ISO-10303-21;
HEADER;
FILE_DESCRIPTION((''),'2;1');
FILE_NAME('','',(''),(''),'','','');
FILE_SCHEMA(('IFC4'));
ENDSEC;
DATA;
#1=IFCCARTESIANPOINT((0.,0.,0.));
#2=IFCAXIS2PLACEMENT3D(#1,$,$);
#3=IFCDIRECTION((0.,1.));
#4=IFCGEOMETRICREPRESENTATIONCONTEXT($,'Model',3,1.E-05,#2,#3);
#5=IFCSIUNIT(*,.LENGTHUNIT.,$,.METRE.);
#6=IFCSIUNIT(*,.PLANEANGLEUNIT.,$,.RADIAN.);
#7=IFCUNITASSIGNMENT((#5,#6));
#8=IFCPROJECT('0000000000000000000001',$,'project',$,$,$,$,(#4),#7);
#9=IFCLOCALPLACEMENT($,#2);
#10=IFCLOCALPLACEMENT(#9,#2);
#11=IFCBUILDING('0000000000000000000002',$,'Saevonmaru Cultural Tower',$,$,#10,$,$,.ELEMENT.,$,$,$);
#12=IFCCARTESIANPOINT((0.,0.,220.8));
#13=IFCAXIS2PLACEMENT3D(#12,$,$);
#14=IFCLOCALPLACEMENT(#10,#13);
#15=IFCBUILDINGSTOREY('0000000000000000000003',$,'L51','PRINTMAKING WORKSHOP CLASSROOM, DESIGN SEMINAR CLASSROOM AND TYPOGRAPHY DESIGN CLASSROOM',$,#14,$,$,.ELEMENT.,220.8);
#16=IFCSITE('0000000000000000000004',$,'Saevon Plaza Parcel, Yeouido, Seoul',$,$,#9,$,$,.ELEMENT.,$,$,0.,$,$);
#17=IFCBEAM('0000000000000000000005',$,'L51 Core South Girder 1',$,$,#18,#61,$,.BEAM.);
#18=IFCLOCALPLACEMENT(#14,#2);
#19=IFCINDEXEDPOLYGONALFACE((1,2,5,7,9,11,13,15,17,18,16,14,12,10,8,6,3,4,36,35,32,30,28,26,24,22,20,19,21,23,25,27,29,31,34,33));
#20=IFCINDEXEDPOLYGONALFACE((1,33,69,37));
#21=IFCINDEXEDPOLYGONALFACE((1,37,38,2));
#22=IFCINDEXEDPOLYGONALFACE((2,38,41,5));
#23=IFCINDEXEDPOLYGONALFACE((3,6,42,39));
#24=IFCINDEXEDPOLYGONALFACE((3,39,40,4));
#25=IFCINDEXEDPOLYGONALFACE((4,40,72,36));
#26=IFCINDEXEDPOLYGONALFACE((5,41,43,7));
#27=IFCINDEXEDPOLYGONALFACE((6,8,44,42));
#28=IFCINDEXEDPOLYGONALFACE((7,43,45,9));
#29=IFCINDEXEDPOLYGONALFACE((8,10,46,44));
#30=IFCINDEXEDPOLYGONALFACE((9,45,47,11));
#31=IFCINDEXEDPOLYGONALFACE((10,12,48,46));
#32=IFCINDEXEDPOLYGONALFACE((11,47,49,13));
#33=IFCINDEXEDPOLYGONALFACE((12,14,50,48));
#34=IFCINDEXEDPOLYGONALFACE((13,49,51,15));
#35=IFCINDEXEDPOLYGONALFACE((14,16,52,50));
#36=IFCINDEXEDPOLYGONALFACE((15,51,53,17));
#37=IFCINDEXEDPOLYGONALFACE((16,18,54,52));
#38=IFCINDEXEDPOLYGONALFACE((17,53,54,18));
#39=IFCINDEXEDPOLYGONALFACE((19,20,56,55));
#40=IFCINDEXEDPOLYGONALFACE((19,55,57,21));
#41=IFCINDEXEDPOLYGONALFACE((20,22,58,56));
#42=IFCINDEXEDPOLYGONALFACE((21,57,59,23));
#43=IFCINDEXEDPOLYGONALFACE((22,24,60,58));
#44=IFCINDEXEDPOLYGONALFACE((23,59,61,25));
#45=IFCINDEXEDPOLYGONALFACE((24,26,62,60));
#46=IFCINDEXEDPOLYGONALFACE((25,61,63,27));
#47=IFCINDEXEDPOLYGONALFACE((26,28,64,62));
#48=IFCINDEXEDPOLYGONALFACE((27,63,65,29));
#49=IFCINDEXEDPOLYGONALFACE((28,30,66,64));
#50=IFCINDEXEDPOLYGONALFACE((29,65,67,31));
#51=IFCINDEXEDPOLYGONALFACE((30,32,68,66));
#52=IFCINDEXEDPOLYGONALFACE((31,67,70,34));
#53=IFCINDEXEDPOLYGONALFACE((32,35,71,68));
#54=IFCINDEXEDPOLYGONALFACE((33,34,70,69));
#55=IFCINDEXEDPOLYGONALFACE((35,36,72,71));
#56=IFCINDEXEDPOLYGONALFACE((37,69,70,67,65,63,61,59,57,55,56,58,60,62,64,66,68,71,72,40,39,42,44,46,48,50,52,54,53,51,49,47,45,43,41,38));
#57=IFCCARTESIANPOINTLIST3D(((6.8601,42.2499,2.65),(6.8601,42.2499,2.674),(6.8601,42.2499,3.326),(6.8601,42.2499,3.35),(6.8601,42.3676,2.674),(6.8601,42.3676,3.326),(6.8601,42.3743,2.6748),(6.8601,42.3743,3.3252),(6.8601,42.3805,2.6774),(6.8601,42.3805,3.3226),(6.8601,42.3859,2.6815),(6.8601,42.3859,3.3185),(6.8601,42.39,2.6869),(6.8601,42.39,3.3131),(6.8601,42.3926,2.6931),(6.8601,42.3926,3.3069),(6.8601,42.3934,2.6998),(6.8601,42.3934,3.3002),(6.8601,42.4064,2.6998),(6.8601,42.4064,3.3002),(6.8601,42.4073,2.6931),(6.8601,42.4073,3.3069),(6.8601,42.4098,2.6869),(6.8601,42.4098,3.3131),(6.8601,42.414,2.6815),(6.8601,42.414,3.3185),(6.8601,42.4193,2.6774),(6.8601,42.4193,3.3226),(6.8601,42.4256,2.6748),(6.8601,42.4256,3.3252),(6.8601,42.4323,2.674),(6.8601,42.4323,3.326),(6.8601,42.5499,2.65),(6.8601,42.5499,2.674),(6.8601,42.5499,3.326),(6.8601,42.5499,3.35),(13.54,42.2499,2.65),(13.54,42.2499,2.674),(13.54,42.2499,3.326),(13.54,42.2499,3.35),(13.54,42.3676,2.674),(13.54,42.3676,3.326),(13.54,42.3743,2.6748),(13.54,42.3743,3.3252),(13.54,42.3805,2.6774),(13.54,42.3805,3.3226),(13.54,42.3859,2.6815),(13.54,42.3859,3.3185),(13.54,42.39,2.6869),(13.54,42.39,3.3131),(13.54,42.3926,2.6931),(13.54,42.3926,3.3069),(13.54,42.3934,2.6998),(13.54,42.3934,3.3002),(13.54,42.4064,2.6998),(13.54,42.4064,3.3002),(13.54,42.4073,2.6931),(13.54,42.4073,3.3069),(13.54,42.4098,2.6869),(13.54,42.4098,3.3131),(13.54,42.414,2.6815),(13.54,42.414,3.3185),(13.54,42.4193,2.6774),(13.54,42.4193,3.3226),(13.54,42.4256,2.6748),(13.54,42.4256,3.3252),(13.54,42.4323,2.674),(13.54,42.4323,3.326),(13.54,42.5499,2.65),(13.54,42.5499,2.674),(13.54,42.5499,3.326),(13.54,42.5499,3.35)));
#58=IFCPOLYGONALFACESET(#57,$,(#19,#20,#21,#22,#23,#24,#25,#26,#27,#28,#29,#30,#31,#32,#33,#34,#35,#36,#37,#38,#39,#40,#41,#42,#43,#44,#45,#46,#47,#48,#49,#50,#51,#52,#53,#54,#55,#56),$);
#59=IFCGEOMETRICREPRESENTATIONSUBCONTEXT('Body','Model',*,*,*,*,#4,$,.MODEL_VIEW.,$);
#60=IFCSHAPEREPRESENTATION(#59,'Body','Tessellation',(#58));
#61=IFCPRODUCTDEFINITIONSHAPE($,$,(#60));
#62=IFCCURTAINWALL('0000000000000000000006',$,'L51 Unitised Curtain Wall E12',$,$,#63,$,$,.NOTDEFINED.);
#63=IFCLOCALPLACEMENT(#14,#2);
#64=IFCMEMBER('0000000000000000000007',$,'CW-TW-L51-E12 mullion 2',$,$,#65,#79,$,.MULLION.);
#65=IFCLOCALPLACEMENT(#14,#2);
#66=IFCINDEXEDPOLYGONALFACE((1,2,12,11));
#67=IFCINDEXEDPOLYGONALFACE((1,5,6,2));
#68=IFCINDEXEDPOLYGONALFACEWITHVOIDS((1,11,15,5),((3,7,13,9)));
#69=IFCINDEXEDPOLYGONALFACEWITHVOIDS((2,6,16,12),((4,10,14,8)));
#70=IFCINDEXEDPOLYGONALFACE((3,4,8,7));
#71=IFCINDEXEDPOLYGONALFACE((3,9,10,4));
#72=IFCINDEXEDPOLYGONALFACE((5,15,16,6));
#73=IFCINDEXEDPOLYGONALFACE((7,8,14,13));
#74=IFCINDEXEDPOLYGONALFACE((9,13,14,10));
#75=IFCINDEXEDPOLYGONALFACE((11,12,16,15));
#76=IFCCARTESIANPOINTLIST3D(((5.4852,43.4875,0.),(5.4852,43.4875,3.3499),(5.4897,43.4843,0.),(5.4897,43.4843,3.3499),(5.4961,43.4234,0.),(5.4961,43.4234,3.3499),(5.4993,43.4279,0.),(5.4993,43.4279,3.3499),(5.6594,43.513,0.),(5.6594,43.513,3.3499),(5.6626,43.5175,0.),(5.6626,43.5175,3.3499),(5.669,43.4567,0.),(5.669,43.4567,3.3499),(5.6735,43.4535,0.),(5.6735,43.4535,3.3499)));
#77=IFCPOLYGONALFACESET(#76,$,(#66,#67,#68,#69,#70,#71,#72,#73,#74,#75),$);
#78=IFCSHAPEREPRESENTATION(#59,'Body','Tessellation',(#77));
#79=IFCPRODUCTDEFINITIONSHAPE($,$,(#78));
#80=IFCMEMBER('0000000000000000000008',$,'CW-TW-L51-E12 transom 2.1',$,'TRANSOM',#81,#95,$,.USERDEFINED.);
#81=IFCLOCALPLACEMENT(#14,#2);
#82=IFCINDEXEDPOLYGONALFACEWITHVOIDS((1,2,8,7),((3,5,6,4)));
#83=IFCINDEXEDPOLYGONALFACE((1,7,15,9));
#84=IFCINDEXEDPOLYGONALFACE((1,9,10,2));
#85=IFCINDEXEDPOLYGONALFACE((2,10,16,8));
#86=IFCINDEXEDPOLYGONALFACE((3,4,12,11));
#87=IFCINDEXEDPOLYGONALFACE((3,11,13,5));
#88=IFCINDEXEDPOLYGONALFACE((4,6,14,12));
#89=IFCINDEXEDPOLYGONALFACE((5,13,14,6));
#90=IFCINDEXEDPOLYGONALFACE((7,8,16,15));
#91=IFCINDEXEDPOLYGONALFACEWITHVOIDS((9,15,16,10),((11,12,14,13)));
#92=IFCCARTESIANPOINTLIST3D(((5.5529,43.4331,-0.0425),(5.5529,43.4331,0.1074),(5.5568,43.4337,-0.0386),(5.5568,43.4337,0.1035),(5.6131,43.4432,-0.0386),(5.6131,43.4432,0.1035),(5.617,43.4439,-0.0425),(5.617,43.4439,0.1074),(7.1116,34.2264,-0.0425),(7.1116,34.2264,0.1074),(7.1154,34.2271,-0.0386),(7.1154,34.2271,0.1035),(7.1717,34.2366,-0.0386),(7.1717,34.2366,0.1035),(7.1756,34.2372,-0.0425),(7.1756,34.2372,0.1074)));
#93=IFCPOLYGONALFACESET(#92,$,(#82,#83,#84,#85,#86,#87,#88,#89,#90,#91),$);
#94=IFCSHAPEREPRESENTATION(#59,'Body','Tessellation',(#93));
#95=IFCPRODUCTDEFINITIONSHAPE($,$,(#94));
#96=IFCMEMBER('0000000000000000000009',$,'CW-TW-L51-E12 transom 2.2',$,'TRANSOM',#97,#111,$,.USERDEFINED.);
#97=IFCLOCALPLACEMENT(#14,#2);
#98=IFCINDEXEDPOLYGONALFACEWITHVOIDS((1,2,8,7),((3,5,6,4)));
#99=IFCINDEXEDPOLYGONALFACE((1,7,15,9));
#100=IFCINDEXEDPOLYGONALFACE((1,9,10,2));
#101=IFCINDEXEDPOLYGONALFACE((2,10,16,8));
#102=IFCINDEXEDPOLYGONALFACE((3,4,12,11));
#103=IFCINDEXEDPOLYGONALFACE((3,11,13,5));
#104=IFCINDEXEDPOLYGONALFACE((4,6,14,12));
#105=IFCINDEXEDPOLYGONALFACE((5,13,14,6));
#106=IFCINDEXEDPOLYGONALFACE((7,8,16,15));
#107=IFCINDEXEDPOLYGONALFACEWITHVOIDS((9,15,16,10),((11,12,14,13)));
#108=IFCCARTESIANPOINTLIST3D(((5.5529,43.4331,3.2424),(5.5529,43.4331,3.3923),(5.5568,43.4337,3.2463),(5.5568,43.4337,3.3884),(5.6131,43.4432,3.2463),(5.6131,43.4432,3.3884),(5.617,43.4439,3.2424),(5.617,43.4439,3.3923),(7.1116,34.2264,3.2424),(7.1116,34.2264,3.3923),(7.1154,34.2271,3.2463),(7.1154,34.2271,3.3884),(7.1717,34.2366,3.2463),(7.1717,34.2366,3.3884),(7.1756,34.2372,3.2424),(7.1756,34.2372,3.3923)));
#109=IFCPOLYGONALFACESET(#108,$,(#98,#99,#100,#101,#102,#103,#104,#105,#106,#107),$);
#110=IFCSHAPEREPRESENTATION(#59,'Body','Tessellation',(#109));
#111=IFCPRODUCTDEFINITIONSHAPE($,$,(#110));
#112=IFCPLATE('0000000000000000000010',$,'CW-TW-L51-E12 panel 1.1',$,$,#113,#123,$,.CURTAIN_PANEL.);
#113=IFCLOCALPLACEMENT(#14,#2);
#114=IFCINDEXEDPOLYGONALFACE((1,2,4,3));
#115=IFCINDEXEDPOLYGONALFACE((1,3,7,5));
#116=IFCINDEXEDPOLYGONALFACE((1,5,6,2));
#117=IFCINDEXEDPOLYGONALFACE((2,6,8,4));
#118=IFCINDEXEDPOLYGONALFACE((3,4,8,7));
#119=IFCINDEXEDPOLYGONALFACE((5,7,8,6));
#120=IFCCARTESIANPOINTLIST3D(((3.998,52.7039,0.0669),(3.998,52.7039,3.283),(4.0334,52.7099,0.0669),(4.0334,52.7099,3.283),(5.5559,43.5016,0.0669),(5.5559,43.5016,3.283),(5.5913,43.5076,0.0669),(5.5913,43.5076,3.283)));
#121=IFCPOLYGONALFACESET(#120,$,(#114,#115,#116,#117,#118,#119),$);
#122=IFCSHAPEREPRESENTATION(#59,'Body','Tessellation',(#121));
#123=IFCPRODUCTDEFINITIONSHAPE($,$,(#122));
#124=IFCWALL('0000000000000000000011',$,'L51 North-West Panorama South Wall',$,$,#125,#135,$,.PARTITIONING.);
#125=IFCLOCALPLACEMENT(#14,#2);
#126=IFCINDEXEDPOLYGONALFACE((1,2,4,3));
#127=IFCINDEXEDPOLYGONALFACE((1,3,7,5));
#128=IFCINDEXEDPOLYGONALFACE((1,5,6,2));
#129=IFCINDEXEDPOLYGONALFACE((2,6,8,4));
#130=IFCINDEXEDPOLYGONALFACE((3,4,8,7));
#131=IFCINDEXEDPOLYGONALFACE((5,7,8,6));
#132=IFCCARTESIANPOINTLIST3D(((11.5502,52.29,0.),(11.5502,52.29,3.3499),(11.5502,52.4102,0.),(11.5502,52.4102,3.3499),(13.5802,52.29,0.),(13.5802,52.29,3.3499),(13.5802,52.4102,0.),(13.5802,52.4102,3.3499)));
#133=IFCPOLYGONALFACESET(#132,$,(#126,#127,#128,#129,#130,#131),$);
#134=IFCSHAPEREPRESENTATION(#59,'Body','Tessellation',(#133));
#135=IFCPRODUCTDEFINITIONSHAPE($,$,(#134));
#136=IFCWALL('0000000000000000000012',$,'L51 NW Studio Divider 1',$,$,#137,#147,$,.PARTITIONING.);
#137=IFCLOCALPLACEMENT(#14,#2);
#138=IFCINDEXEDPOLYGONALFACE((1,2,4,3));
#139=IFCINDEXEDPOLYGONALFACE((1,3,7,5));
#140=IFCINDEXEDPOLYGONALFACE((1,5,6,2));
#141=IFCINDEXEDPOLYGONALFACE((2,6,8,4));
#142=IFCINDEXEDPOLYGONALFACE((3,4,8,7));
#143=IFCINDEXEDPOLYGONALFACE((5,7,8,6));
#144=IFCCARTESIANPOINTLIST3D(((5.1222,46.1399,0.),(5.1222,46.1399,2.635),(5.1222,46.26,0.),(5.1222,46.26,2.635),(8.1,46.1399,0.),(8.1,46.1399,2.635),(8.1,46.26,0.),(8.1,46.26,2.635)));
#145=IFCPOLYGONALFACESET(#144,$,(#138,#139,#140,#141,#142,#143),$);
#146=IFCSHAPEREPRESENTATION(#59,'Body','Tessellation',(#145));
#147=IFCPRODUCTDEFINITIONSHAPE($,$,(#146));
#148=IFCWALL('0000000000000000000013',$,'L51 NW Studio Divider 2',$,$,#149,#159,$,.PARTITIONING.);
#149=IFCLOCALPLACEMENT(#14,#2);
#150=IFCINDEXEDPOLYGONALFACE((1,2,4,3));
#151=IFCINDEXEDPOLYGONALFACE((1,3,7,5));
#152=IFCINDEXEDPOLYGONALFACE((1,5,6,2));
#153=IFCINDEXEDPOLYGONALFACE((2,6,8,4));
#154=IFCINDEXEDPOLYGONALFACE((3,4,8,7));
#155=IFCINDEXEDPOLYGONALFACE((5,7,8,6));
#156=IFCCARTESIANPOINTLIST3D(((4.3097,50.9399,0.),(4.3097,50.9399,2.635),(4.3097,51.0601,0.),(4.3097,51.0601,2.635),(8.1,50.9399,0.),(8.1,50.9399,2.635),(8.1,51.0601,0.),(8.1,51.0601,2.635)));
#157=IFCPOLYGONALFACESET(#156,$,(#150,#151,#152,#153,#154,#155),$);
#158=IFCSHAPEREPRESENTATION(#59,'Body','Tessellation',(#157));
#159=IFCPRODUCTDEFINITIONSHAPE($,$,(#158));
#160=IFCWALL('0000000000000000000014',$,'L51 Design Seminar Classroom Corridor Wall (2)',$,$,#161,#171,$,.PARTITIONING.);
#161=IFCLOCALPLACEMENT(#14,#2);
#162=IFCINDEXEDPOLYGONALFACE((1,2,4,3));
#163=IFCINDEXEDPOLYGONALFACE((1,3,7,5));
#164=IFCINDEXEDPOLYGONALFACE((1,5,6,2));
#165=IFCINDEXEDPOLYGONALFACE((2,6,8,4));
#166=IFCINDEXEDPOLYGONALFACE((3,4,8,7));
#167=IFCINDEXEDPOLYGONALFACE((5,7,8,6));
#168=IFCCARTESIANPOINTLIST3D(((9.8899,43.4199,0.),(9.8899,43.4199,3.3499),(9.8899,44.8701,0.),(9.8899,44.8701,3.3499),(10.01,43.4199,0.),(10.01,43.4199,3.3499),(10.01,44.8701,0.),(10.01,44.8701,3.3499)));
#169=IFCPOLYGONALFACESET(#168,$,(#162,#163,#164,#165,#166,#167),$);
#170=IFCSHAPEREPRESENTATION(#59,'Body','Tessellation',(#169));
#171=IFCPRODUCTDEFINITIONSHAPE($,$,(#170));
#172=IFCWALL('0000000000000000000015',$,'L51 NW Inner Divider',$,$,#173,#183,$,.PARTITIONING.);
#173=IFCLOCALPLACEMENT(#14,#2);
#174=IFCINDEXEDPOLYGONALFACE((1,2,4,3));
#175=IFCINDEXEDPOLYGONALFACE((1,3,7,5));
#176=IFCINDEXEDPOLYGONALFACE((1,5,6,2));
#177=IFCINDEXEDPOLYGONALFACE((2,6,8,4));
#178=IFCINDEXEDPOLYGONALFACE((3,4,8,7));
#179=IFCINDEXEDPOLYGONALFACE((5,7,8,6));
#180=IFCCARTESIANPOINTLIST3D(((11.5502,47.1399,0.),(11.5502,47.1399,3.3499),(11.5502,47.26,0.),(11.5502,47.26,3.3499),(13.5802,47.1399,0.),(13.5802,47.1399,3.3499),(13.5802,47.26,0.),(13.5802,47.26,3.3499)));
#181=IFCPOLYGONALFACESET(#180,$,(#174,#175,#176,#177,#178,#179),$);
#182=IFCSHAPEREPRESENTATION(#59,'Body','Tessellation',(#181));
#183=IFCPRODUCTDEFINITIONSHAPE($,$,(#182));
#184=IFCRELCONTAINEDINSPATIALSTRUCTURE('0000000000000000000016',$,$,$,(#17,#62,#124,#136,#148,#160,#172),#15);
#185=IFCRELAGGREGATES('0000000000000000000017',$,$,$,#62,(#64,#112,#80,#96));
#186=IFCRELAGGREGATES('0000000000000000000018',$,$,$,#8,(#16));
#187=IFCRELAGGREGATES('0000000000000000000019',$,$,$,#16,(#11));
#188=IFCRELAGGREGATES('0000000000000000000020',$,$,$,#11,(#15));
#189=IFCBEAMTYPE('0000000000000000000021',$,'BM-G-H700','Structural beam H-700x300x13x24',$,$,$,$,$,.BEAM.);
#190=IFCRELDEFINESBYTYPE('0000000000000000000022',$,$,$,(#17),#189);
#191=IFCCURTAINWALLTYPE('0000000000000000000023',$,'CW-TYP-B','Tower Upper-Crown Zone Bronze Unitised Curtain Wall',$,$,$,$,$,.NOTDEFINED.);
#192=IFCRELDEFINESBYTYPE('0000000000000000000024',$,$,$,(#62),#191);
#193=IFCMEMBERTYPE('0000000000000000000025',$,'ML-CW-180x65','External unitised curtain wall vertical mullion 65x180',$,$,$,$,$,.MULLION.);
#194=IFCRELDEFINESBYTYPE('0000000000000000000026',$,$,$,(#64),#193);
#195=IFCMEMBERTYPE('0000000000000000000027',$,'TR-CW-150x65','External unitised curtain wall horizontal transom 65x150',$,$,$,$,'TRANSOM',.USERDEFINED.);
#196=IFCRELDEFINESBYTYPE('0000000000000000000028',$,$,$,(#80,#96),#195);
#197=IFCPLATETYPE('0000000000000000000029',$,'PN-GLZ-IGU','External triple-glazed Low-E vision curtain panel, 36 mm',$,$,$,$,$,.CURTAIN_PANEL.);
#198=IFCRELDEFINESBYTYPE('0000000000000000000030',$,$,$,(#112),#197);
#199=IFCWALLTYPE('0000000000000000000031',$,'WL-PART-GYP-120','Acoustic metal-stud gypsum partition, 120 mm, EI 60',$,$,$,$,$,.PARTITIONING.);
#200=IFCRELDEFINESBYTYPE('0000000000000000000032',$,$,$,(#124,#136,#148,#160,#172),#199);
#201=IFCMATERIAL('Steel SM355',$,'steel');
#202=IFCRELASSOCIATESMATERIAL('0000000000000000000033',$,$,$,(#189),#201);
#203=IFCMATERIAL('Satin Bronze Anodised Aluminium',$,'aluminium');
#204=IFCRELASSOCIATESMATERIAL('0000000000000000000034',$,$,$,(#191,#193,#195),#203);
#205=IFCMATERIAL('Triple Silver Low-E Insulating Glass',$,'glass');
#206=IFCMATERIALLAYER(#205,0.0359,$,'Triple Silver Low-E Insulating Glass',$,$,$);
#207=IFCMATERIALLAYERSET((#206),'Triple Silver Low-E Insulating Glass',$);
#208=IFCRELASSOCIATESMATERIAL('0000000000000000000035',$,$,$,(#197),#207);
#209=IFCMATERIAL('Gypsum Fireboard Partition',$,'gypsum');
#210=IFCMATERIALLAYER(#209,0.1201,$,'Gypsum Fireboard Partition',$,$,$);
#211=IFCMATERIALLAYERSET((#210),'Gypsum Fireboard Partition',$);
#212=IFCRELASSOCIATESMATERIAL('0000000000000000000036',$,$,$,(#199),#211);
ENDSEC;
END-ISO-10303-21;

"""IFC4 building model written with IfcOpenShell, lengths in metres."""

from ifc_helpers import new_model, si_unit, direction, frame, frame_2d, origin, origin_2d, place, context, subcontext, project, spatial, rectangle, hollow_rectangle, i_section, extrude, material, layer, layer_set, material_profile, profile_set, type_object, element, aggregate, save


model = new_model("IFC4")

# Units and contexts
model_context = context("Model", 3, precision=1e-05, world=origin(), true_north=direction((0.0, 1.0)))
body_context = subcontext(model_context, "Body", "Model", "MODEL_VIEW")
ifc_project = project(units=[si_unit("LENGTHUNIT", "METRE"), si_unit("PLANEANGLEUNIT", "RADIAN")], contexts=[model_context])

# Site, building, storey
site_placement = place(None, origin())
site = spatial("IfcSite", under=ifc_project, at=site_placement, Name="Saevon Plaza Parcel, Yeouido, Seoul", CompositionType="ELEMENT", RefElevation=0.0)
building_placement = place(site_placement, origin())
building = spatial("IfcBuilding", under=site, at=building_placement, Name="Saevonmaru Cultural Tower", CompositionType="ELEMENT")
storey_placement = place(building_placement, frame((0.0, 0.0, 220.8)))
storey = spatial("IfcBuildingStorey", under=building, at=storey_placement, Name="L51", Description="PRINTMAKING WORKSHOP CLASSROOM, DESIGN SEMINAR CLASSROOM AND TYPOGRAPHY DESIGN CLASSROOM", CompositionType="ELEMENT", Elevation=220.8)

# Beam
ifc_material_1 = material(Name="Steel SM355", Category="steel")
ifc_material_profile_1 = material_profile(ifc_material_1, i_section(OverallWidth=0.3, OverallDepth=0.7, WebThickness=0.0129, FlangeThickness=0.0239, FilletRadius=0.0259, at=origin_2d()), Name="H-700x300x13x24")
ifc_profile_set_1 = profile_set([ifc_material_profile_1], Name="Steel SM355")
beam_type = type_object("IfcBeamType", Name="BM-G-H700", Description="Structural beam H-700x300x13x24", PredefinedType="BEAM", material=ifc_profile_set_1)
beam_placement = place(storey_placement, frame((6.8601, 42.3999, 3.0), z_axis=(1.0, 0.0, 0.0), x_axis=(0.0, 1.0, 0.0)))
element("IfcBeam", 1, at=beam_placement, inside=storey, type_object=beam_type, Name="L51 Core South Girder 1", PredefinedType="BEAM", context=body_context, shape_type="SweptSolid", body=[
    extrude(i_section(OverallWidth=0.3, OverallDepth=0.7, WebThickness=0.0129, FlangeThickness=0.0239, FilletRadius=0.0259, at=origin_2d()), origin(), (0.0, 0.0, 1.0), 6.6799),
])

# Curtain wall, members, plate
ifc_material_2 = material(Name="Satin Bronze Anodised Aluminium", Category="aluminium")
curtain_wall_type = type_object("IfcCurtainWallType", Name="CW-TYP-B", Description="Tower Upper-Crown Zone Bronze Unitised Curtain Wall", PredefinedType="NOTDEFINED", material=ifc_material_2)
curtain_wall_placement = place(storey_placement, origin())
curtain_wall = element("IfcCurtainWall", 2, at=curtain_wall_placement, inside=storey, type_object=curtain_wall_type, Name="L51 Unitised Curtain Wall E12", PredefinedType="NOTDEFINED")
ifc_material_profile_2 = material_profile(ifc_material_2, hollow_rectangle(XDim=0.0649, YDim=0.1799, WallThickness=0.0039, at=origin_2d()), Name="ALU-MULL-180x65x4")
ifc_profile_set_2 = profile_set([ifc_material_profile_2], Name="Satin Bronze Anodised Aluminium")
member_type_1 = type_object("IfcMemberType", Name="ML-CW-180x65", Description="External unitised curtain wall vertical mullion 65x180", PredefinedType="MULLION", material=ifc_profile_set_2)
member_1_placement = place(storey_placement, frame((5.5793, 43.4705, 0.0), z_axis=(0.0, 0.0, 1.0), x_axis=(0.166922, -0.98597, 0.0)))
member_1 = element("IfcMember", 3, at=member_1_placement, type_object=member_type_1, Name="CW-TW-L51-E12 mullion 2", PredefinedType="MULLION", context=body_context, shape_type="SweptSolid", body=[
    extrude(hollow_rectangle(XDim=0.0649, YDim=0.1799, WallThickness=0.0039, at=origin_2d()), origin(), (0.0, 0.0, 1.0), 3.3499),
])
ifc_material_profile_3 = material_profile(ifc_material_2, hollow_rectangle(XDim=0.0649, YDim=0.1499, WallThickness=0.0039, at=origin_2d()), Name="ALU-TRAN-150x65x4")
ifc_profile_set_3 = profile_set([ifc_material_profile_3], Name="Satin Bronze Anodised Aluminium")
member_type_2 = type_object("IfcMemberType", Name="TR-CW-150x65", Description="External unitised curtain wall horizontal transom 65x150", ElementType="TRANSOM", PredefinedType="USERDEFINED", material=ifc_profile_set_3)
member_2_placement = place(storey_placement, frame((5.585, 43.4385, 0.0325), z_axis=(0.166917, -0.985971, 0.0), x_axis=(0.985971, 0.166917, 0.0)))
member_2 = element("IfcMember", 4, at=member_2_placement, type_object=member_type_2, Name="CW-TW-L51-E12 transom 2.1", ObjectType="TRANSOM", PredefinedType="USERDEFINED", context=body_context, shape_type="SweptSolid", body=[
    extrude(hollow_rectangle(XDim=0.0649, YDim=0.1499, WallThickness=0.0039, at=origin_2d()), origin(), (0.0, 0.0, 1.0), 9.3376),
])
member_3_placement = place(storey_placement, frame((5.585, 43.4385, 3.3174), z_axis=(0.166917, -0.985971, 0.0), x_axis=(0.985971, 0.166917, 0.0)))
member_3 = element("IfcMember", 5, at=member_3_placement, type_object=member_type_2, Name="CW-TW-L51-E12 transom 2.2", ObjectType="TRANSOM", PredefinedType="USERDEFINED", context=body_context, shape_type="SweptSolid", body=[
    extrude(hollow_rectangle(XDim=0.0649, YDim=0.1499, WallThickness=0.0039, at=origin_2d()), origin(), (0.0, 0.0, 1.0), 9.3376),
])
ifc_material_3 = material(Name="Triple Silver Low-E Insulating Glass", Category="glass")
ifc_layer_1 = layer(ifc_material_3, 0.0359, Name="Triple Silver Low-E Insulating Glass")
ifc_layer_set_1 = layer_set([ifc_layer_1], Name="Triple Silver Low-E Insulating Glass")
plate_type = type_object("IfcPlateType", Name="PN-GLZ-IGU", Description="External triple-glazed Low-E vision curtain panel, 36 mm", PredefinedType="CURTAIN_PANEL", material=ifc_layer_set_1)
plate_placement = place(storey_placement, frame((4.7947, 48.1057, 0.0669), z_axis=(0.0, 0.0, 1.0), x_axis=(0.166922, -0.98597, 0.0)))
plate = element("IfcPlate", 6, at=plate_placement, type_object=plate_type, Name="CW-TW-L51-E12 panel 1.1", PredefinedType="CURTAIN_PANEL", context=body_context, shape_type="SweptSolid", body=[
    extrude(rectangle(XDim=9.3333, YDim=0.0359, at=origin_2d()), origin(), (0.0, 0.0, 1.0), 3.2161),
])
aggregate(curtain_wall, [member_1, plate, member_2, member_3])

# Walls
ifc_material_4 = material(Name="Gypsum Fireboard Partition", Category="gypsum")
ifc_layer_2 = layer(ifc_material_4, 0.1201, Name="Gypsum Fireboard Partition")
ifc_layer_set_2 = layer_set([ifc_layer_2], Name="Gypsum Fireboard Partition")
wall_type_1 = type_object("IfcWallType", Name="WL-PART-GYP-120", Description="Acoustic metal-stud gypsum partition, 120 mm, EI 60", PredefinedType="PARTITIONING", material=ifc_layer_set_2)
wall_1_placement = place(storey_placement, frame((11.55, 52.3501, 0.0), z_axis=(0.0, 0.0, 1.0), x_axis=(1.0, 0.0, 0.0)))
element("IfcWall", 7, at=wall_1_placement, inside=storey, type_object=wall_type_1, Name="L51 North-West Panorama South Wall", PredefinedType="PARTITIONING", context=body_context, shape_type="SweptSolid", body=[
    extrude(rectangle(XDim=2.03, YDim=0.1201, at=frame_2d((1.0151, 0.0))), origin(), (0.0, 0.0, 1.0), 3.3499),
])
wall_2_placement = place(storey_placement, frame((5.1223, 46.2, 0.0), z_axis=(0.0, 0.0, 1.0), x_axis=(1.0, 0.0, 0.0)))
element("IfcWall", 8, at=wall_2_placement, inside=storey, type_object=wall_type_1, Name="L51 NW Studio Divider 1", PredefinedType="PARTITIONING", context=body_context, shape_type="SweptSolid", body=[
    extrude(rectangle(XDim=2.9778, YDim=0.1201, at=frame_2d((1.4888, 0.0))), origin(), (0.0, 0.0, 1.0), 2.635),
])
wall_3_placement = place(storey_placement, frame((4.3098, 51.0, 0.0), z_axis=(0.0, 0.0, 1.0), x_axis=(1.0, 0.0, 0.0)))
element("IfcWall", 9, at=wall_3_placement, inside=storey, type_object=wall_type_1, Name="L51 NW Studio Divider 2", PredefinedType="PARTITIONING", context=body_context, shape_type="SweptSolid", body=[
    extrude(rectangle(XDim=3.7903, YDim=0.1201, at=frame_2d((1.895, 0.0))), origin(), (0.0, 0.0, 1.0), 2.635),
])
wall_4_placement = place(storey_placement, frame((9.95, 43.4199, 0.0), z_axis=(0.0, 0.0, 1.0), x_axis=(0.0, 1.0, 0.0)))
element("IfcWall", 10, at=wall_4_placement, inside=storey, type_object=wall_type_1, Name="L51 Design Seminar Classroom Corridor Wall (2)", PredefinedType="PARTITIONING", context=body_context, shape_type="SweptSolid", body=[
    extrude(rectangle(XDim=1.4502, YDim=0.1201, at=frame_2d((0.7251, 0.0))), origin(), (0.0, 0.0, 1.0), 3.3499),
])
wall_5_placement = place(storey_placement, frame((11.55, 47.2, 0.0), z_axis=(0.0, 0.0, 1.0), x_axis=(1.0, 0.0, 0.0)))
element("IfcWall", 11, at=wall_5_placement, inside=storey, type_object=wall_type_1, Name="L51 NW Inner Divider", PredefinedType="PARTITIONING", context=body_context, shape_type="SweptSolid", body=[
    extrude(rectangle(XDim=2.03, YDim=0.1201, at=frame_2d((1.0151, 0.0))), origin(), (0.0, 0.0, 1.0), 3.3499),
])

save(model, "model.ifc")
